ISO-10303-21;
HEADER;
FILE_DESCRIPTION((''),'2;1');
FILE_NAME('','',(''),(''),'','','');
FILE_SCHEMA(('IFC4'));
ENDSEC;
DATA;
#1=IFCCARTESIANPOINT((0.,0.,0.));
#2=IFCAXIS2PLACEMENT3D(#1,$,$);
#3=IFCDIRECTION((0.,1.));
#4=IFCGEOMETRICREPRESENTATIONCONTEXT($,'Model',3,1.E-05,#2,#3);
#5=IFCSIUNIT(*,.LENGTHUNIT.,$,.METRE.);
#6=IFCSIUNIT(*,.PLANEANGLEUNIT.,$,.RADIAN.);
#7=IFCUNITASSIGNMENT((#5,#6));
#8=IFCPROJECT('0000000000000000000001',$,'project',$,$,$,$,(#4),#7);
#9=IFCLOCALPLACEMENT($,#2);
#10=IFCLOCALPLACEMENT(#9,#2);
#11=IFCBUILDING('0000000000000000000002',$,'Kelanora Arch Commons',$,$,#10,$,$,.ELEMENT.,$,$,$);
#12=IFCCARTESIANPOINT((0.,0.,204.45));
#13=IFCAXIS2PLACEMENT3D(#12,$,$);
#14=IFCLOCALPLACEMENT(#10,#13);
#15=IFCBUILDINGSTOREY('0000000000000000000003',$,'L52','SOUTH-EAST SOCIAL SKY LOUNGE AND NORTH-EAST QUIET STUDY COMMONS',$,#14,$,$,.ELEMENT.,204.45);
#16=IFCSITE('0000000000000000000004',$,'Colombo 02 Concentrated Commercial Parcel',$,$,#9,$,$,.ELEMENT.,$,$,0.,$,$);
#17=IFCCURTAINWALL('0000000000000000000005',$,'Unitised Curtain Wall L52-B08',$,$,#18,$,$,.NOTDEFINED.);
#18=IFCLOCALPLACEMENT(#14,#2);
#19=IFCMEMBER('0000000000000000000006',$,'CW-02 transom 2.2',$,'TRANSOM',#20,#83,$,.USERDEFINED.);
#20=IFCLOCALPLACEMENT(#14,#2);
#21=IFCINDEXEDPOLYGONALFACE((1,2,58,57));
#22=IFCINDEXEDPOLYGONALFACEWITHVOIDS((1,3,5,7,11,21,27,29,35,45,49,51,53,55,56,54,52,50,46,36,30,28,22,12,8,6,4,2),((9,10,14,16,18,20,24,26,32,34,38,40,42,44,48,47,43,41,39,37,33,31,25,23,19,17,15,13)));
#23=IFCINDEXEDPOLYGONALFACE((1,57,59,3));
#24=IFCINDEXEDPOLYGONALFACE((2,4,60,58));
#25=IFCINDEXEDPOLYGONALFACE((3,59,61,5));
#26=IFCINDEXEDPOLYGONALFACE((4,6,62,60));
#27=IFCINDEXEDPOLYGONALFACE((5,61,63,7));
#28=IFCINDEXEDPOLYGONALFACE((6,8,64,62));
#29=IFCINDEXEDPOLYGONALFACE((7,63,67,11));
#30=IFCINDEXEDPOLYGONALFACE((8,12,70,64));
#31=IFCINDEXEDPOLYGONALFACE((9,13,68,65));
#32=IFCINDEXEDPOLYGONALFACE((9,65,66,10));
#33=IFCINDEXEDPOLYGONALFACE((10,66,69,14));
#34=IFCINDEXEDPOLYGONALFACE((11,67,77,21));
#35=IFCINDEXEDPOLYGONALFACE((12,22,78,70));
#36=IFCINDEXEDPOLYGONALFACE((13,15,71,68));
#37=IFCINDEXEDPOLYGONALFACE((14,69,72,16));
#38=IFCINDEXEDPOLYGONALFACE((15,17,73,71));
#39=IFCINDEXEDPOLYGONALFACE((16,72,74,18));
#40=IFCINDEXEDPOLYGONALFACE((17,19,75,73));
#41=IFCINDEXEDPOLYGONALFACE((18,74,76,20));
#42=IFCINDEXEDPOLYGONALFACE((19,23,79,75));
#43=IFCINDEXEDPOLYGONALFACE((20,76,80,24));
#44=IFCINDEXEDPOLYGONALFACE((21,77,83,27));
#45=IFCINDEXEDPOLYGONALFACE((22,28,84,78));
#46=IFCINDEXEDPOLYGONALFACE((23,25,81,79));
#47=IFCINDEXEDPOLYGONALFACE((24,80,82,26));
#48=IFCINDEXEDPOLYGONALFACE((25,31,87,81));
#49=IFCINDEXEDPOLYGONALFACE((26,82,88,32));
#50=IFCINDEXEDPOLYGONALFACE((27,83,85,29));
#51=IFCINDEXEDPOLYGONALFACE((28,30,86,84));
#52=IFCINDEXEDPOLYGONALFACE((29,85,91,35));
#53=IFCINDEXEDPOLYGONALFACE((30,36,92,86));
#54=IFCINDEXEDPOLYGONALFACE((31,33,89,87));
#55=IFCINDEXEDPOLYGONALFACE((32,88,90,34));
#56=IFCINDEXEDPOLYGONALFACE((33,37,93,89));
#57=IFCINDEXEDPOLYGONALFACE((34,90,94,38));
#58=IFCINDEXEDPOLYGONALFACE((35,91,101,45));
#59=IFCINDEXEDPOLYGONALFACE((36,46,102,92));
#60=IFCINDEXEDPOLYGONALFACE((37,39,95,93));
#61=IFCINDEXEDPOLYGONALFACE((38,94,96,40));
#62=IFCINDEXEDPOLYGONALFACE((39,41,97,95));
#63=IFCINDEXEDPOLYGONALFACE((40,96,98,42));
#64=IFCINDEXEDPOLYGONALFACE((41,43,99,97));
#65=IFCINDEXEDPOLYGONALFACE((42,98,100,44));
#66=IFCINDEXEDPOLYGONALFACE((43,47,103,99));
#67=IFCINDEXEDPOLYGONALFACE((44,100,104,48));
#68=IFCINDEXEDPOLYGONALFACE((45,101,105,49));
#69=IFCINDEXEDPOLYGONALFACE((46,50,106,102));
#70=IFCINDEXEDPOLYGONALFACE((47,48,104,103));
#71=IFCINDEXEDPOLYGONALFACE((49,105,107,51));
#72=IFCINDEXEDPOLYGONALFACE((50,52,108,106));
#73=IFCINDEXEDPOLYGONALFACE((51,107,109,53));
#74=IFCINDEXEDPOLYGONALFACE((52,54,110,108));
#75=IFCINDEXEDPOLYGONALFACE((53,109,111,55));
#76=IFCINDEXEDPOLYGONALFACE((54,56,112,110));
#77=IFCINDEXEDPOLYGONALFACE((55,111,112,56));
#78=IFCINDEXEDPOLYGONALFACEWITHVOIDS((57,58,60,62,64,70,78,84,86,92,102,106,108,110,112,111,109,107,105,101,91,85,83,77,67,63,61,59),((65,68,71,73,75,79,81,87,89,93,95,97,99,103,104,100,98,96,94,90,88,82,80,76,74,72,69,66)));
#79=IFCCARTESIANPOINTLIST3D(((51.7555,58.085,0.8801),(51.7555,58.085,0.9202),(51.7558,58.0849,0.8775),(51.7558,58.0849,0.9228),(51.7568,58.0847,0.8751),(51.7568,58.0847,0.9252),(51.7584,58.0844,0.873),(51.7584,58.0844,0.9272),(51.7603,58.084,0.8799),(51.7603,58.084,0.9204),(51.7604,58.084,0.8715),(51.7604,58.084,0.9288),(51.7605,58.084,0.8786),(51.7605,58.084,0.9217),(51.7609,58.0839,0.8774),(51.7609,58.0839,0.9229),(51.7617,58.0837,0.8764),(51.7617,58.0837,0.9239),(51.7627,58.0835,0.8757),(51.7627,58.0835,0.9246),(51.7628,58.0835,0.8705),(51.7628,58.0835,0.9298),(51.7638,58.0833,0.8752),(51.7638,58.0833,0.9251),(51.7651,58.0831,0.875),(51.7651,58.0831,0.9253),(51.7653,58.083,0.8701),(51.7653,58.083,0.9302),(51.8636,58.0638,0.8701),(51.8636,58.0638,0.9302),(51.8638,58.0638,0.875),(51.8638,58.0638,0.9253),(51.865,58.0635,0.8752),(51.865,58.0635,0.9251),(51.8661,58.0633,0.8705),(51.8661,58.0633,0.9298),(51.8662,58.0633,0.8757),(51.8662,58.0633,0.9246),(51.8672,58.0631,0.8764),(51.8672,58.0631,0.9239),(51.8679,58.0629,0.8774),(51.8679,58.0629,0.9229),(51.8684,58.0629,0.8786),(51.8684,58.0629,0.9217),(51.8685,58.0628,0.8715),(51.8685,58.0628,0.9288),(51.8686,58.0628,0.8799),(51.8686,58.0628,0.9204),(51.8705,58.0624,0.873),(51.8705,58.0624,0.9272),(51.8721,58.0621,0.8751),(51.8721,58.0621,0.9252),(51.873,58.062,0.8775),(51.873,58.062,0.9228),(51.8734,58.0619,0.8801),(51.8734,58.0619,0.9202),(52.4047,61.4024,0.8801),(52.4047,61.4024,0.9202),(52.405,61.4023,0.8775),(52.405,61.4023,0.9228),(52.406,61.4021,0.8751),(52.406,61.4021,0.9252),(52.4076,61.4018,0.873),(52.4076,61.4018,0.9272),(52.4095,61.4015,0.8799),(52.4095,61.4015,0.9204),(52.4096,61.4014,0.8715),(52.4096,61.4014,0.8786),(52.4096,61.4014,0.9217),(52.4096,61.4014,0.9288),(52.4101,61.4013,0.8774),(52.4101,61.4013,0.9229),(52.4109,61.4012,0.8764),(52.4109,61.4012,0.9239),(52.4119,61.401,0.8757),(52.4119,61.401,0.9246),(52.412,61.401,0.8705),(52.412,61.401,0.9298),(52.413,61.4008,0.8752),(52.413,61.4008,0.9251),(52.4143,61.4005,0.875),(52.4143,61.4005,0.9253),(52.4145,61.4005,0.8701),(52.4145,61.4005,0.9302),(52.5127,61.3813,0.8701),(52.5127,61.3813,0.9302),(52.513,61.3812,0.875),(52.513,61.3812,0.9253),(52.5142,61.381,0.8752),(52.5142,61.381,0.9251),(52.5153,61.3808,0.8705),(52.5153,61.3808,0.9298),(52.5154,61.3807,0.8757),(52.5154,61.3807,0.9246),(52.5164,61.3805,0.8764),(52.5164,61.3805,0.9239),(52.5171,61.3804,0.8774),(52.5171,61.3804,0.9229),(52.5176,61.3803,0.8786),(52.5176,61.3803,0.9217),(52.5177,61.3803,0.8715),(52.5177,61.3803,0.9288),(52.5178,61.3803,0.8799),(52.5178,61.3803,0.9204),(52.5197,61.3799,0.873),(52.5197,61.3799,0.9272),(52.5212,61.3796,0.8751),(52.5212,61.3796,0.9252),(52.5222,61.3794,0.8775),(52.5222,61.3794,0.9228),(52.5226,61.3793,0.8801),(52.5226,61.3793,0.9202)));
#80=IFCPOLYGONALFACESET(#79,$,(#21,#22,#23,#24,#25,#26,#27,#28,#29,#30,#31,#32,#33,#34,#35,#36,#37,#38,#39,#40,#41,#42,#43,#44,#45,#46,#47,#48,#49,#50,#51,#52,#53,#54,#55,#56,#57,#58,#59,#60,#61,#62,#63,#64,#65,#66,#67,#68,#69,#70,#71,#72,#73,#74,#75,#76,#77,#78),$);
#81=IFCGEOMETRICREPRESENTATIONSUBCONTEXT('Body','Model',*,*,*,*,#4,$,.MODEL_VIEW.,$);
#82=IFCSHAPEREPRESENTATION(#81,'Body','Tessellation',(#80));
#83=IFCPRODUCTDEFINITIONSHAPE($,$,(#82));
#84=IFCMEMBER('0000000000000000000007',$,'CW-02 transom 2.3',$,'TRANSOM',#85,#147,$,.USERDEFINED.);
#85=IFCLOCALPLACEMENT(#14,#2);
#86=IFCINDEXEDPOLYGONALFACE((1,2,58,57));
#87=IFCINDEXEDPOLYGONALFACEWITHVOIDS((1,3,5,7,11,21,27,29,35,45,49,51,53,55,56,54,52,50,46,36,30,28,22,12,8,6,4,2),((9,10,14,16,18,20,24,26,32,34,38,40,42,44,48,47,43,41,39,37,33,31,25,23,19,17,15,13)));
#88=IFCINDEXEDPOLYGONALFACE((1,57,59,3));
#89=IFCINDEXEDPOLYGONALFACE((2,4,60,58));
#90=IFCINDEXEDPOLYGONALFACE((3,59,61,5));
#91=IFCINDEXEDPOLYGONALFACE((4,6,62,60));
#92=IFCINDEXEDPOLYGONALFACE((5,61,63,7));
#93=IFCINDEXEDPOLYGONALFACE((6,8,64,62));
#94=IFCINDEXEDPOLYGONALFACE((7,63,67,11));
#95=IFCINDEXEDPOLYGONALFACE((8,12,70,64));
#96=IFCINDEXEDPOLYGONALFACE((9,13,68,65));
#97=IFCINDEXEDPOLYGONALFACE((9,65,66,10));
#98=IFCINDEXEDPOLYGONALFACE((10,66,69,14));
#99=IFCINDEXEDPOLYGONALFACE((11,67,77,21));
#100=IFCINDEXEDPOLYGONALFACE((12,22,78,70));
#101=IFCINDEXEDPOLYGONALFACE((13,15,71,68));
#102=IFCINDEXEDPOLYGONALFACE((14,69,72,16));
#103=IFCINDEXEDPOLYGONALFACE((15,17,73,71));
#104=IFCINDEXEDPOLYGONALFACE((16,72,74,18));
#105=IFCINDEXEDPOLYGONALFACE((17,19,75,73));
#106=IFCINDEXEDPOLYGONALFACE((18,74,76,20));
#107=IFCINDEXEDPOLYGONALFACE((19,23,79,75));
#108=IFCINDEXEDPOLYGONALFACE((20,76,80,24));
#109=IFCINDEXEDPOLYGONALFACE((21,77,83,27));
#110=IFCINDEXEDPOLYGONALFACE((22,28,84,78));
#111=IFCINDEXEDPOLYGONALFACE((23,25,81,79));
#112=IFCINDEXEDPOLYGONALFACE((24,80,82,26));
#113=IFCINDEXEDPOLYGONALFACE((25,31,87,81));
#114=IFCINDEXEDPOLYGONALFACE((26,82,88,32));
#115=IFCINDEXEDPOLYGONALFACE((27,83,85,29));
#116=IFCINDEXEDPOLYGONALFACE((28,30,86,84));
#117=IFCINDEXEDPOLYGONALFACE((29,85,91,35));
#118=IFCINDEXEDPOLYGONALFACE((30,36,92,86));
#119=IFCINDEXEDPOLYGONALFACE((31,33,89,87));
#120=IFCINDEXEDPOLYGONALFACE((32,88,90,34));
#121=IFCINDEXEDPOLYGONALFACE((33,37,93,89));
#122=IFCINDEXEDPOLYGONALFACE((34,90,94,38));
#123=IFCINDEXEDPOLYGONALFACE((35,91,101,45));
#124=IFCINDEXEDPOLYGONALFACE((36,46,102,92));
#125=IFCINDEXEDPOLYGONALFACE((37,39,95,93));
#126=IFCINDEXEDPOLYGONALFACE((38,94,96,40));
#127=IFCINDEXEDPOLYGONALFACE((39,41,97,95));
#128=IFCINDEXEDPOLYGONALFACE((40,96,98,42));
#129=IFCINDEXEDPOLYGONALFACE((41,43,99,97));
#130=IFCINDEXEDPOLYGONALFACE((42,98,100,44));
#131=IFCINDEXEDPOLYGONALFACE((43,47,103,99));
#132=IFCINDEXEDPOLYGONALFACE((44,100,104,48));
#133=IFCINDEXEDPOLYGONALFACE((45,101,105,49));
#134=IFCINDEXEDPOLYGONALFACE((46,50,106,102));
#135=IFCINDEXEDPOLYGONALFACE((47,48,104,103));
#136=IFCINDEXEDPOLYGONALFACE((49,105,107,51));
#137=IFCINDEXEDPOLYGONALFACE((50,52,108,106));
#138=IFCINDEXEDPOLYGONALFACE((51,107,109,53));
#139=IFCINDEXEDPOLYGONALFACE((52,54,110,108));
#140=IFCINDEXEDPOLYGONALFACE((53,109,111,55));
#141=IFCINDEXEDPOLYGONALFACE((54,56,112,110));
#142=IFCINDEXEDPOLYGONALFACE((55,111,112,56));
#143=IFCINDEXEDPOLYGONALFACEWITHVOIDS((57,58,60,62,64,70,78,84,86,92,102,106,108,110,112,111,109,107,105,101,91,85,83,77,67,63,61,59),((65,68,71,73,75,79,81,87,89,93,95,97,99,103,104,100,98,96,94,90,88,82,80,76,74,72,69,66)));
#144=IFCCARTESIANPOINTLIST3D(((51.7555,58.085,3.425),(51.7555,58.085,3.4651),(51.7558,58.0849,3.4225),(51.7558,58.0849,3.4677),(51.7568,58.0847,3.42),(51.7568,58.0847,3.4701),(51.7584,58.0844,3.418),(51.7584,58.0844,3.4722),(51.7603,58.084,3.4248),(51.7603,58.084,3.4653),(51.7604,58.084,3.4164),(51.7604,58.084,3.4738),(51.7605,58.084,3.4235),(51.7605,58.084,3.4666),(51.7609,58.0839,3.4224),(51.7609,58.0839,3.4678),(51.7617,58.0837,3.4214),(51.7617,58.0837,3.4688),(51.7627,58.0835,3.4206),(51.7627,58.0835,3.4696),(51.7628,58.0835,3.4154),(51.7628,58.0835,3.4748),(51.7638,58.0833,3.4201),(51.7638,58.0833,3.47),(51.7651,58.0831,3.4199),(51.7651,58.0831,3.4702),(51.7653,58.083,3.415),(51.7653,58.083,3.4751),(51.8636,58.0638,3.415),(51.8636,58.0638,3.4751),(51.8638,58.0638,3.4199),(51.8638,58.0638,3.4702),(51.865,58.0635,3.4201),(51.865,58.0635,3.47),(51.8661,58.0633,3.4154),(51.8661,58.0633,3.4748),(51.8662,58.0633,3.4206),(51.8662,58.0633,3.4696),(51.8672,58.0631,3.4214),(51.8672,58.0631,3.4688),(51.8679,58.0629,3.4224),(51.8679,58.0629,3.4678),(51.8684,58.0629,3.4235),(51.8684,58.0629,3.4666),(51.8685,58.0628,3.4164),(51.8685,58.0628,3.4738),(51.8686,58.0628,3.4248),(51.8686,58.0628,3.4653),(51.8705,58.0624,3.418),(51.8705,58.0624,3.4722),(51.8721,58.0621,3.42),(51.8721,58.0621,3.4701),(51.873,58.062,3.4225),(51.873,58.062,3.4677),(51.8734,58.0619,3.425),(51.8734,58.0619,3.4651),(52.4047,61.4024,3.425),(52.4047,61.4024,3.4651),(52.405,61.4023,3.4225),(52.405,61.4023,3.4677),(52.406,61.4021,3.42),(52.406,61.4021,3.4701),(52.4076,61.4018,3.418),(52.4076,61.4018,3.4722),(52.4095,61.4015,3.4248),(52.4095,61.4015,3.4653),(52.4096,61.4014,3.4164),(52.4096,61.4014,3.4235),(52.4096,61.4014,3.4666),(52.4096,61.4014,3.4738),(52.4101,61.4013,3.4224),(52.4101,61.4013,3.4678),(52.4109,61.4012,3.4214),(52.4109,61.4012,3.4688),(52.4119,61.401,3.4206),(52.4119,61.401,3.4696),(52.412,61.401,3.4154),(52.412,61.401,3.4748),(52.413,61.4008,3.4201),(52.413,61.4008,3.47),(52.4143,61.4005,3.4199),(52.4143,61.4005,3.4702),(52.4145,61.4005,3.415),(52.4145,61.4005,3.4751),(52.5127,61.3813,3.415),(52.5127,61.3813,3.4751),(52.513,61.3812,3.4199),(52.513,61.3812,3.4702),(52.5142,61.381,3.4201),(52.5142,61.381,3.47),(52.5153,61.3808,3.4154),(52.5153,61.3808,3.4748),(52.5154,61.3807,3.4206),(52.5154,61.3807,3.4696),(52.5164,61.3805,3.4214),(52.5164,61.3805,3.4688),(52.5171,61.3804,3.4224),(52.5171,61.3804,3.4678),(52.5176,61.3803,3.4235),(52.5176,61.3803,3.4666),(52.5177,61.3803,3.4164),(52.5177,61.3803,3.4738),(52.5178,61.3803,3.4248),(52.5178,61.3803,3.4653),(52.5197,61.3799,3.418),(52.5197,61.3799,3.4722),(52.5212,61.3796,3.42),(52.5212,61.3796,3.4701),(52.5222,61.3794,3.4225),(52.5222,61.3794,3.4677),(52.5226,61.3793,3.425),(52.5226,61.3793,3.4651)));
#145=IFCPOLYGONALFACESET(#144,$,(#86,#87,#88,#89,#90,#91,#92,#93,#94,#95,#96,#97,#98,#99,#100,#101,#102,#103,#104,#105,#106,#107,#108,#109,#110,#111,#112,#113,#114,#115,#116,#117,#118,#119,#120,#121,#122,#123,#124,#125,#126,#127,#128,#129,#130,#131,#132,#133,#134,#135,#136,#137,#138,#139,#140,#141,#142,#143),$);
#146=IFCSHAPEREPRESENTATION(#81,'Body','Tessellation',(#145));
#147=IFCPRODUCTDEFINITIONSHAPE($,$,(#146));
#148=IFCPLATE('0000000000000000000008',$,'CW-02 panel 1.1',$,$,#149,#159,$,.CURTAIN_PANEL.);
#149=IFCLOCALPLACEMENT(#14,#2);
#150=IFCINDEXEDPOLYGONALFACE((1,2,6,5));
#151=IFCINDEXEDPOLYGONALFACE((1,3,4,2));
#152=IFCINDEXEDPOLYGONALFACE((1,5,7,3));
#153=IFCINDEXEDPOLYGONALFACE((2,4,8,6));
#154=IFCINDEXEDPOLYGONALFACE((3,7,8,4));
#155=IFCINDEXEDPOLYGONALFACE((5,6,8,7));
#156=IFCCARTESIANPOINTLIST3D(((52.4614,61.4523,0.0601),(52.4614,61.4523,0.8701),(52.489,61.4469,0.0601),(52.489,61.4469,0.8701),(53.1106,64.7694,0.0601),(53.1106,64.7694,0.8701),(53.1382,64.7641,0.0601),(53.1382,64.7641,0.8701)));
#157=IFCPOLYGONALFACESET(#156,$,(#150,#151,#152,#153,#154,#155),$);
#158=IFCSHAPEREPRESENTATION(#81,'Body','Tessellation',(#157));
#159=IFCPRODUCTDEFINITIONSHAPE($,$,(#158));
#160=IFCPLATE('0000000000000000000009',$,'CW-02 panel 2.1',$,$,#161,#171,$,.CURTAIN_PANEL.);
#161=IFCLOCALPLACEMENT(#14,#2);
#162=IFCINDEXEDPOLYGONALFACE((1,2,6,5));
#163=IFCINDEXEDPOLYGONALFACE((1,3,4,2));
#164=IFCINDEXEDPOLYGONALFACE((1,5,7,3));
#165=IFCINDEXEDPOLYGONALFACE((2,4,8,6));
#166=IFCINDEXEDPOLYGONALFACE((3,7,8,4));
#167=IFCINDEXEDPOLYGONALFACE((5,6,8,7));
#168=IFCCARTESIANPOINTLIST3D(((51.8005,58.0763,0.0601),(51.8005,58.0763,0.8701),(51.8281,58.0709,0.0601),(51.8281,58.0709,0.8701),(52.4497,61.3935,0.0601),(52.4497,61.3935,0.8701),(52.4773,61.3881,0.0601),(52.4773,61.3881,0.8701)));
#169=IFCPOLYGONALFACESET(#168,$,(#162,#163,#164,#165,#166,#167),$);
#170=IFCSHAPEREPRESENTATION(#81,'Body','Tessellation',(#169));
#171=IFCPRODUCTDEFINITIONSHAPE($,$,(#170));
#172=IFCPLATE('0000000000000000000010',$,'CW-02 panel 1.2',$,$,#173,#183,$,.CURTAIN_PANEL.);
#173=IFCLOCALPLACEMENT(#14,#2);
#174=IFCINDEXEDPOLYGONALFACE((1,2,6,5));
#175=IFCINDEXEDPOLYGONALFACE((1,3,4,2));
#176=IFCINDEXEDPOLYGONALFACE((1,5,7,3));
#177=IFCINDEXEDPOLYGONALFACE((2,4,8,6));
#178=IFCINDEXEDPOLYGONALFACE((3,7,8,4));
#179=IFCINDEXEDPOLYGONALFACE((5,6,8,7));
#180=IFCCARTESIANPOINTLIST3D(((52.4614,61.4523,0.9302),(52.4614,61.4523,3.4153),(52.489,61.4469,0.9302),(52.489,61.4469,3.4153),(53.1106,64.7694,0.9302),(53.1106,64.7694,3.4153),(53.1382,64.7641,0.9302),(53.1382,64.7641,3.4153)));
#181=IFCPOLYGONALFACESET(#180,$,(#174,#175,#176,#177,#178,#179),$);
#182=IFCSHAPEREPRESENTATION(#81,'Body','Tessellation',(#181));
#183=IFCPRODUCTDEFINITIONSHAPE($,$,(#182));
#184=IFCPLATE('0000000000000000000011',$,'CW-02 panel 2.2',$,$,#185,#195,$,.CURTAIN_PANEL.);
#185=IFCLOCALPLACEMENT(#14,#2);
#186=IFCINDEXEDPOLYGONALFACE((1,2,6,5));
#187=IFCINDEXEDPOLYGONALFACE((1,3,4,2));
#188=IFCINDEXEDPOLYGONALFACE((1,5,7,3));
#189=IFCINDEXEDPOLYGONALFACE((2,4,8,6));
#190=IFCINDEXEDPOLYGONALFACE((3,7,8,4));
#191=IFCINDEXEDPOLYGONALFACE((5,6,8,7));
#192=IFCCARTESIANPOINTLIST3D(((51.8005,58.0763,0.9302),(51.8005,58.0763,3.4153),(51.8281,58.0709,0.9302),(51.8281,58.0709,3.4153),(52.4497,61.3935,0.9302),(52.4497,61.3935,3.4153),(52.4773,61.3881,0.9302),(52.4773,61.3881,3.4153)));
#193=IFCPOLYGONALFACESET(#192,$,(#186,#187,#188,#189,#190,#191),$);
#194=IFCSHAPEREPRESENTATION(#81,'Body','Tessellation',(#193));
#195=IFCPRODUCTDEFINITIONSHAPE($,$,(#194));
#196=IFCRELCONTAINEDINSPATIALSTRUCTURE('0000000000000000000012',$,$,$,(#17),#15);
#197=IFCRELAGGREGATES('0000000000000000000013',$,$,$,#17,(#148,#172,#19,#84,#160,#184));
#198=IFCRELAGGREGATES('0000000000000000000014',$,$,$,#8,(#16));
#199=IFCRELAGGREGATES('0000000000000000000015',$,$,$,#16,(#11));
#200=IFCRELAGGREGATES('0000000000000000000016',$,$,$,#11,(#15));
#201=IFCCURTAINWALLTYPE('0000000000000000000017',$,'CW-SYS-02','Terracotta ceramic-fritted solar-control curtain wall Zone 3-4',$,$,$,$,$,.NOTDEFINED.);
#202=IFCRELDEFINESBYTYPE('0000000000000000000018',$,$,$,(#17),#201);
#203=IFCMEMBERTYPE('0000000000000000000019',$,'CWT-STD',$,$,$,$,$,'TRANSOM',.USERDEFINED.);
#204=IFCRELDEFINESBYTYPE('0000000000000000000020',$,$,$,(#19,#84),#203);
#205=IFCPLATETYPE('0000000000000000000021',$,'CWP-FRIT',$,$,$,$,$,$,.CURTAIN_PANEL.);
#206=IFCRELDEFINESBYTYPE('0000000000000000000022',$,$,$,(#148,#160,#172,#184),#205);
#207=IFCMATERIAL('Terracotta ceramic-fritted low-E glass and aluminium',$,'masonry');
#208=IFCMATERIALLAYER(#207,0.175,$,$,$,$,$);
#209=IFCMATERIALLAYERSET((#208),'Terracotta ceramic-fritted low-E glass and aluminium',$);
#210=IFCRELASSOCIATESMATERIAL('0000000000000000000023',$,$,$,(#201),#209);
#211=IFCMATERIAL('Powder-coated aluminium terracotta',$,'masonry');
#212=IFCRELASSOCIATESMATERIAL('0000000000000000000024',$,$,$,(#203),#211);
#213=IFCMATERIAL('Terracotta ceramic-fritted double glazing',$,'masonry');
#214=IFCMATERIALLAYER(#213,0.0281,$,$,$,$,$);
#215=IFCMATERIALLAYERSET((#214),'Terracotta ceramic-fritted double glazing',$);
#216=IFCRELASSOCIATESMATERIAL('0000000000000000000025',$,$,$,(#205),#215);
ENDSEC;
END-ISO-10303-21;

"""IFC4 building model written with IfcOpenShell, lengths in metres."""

from ifc_helpers import new_model, si_unit, direction, frame, origin, origin_2d, place, context, subcontext, project, spatial, rectangle, hollow_rectangle, extrude, source, transform, mapped, material, layer, layer_set, material_profile, profile_set, type_object, element, aggregate, save


model = new_model("IFC4")

# Units and contexts
model_context = context("Model", 3, precision=1e-05, world=origin(), true_north=direction((0.0, 1.0)))
body_context = subcontext(model_context, "Body", "Model", "MODEL_VIEW")
ifc_project = project(units=[si_unit("LENGTHUNIT", "METRE"), si_unit("PLANEANGLEUNIT", "RADIAN")], contexts=[model_context])

# Site, building, storey
site_placement = place(None, origin())
site = spatial("IfcSite", under=ifc_project, at=site_placement, Name="Colombo 02 Concentrated Commercial Parcel", CompositionType="ELEMENT", RefElevation=0.0)
building_placement = place(site_placement, origin())
building = spatial("IfcBuilding", under=site, at=building_placement, Name="Kelanora Arch Commons", CompositionType="ELEMENT")
storey_placement = place(building_placement, frame((0.0, 0.0, 204.45)))
storey = spatial("IfcBuildingStorey", under=building, at=storey_placement, Name="L52", Description="SOUTH-EAST SOCIAL SKY LOUNGE AND NORTH-EAST QUIET STUDY COMMONS", CompositionType="ELEMENT", Elevation=204.45)

# Curtain wall, members, plates
ifc_material_1 = material(Name="Terracotta ceramic-fritted low-E glass and aluminium", Category="masonry")
ifc_layer_1 = layer(ifc_material_1, 0.175)
ifc_layer_set_1 = layer_set([ifc_layer_1], Name="Terracotta ceramic-fritted low-E glass and aluminium")
curtain_wall_type = type_object("IfcCurtainWallType", Name="CW-SYS-02", Description="Terracotta ceramic-fritted solar-control curtain wall Zone 3-4", PredefinedType="NOTDEFINED", material=ifc_layer_set_1)
curtain_wall_placement = place(storey_placement, origin())
curtain_wall = element("IfcCurtainWall", 1, at=curtain_wall_placement, inside=storey, type_object=curtain_wall_type, Name="Unitised Curtain Wall L52-B08", PredefinedType="NOTDEFINED")
ifc_material_2 = material(Name="Powder-coated aluminium terracotta", Category="masonry")
ifc_material_profile_1 = material_profile(ifc_material_2, hollow_rectangle(XDim=0.1201, YDim=0.0601, WallThickness=0.0049, InnerFilletRadius=0.0049, OuterFilletRadius=0.01, at=origin_2d()), Name="CWT120x60")
ifc_profile_set_1 = profile_set([ifc_material_profile_1], Name="Powder-coated aluminium terracotta")
member_type_1 = type_object("IfcMemberType", Name="CWT-STD", ElementType="TRANSOM", PredefinedType="USERDEFINED", material=ifc_profile_set_1)
member_1_placement = place(storey_placement, frame((52.4636, 61.3909, 0.9001), z_axis=(-0.192045, -0.981386, 0.0), x_axis=(0.981386, -0.192045, 0.0)))
member_1 = element("IfcMember", 2, at=member_1_placement, type_object=member_type_1, Name="CW-02 transom 2.2", ObjectType="TRANSOM", PredefinedType="USERDEFINED", context=body_context, shape_type="SweptSolid", body=[
    extrude(hollow_rectangle(XDim=0.1201, YDim=0.0601, WallThickness=0.0049, InnerFilletRadius=0.0049, OuterFilletRadius=0.01, at=origin_2d()), origin(), (0.0, 0.0, 1.0), 3.3804),
])
member_2_placement = place(storey_placement, frame((52.4636, 61.3909, 3.4451), z_axis=(-0.192045, -0.981386, 0.0), x_axis=(0.981386, -0.192045, 0.0)))
member_2 = element("IfcMember", 3, at=member_2_placement, type_object=member_type_1, Name="CW-02 transom 2.3", ObjectType="TRANSOM", PredefinedType="USERDEFINED", context=body_context, shape_type="SweptSolid", body=[
    extrude(hollow_rectangle(XDim=0.1201, YDim=0.0601, WallThickness=0.0049, InnerFilletRadius=0.0049, OuterFilletRadius=0.01, at=origin_2d()), origin(), (0.0, 0.0, 1.0), 3.3804),
])
ifc_material_3 = material(Name="Terracotta ceramic-fritted double glazing", Category="masonry")
ifc_layer_2 = layer(ifc_material_3, 0.0281)
ifc_layer_set_2 = layer_set([ifc_layer_2], Name="Terracotta ceramic-fritted double glazing")
plate_type = type_object("IfcPlateType", Name="CWP-FRIT", PredefinedType="CURTAIN_PANEL", material=ifc_layer_set_2)
shared_shape_1 = source(origin(), body_context, "Body", "SweptSolid", [
    extrude(rectangle(XDim=3.3801, YDim=0.0281, at=origin_2d()), origin(), (0.0, 0.0, 1.0), 0.8101),
])
plate_1_placement = place(storey_placement, frame((52.7998, 63.1082, 0.0601), z_axis=(0.0, 0.0, 1.0), x_axis=(-0.192069, -0.981381, 0.0)))
plate_1 = element("IfcPlate", 4, at=plate_1_placement, type_object=plate_type, Name="CW-02 panel 1.1", PredefinedType="CURTAIN_PANEL", context=body_context, shape_type="MappedRepresentation", body=[
    mapped(shared_shape_1, transform((0.0, 0.0, 0.0), scale=1.0)),
])
plate_2_placement = place(storey_placement, frame((52.1389, 59.7322, 0.0601), z_axis=(0.0, 0.0, 1.0), x_axis=(-0.192069, -0.981381, 0.0)))
plate_2 = element("IfcPlate", 5, at=plate_2_placement, type_object=plate_type, Name="CW-02 panel 2.1", PredefinedType="CURTAIN_PANEL", context=body_context, shape_type="MappedRepresentation", body=[
    mapped(shared_shape_1, transform((0.0, 0.0, 0.0), scale=1.0)),
])
shared_shape_2 = source(origin(), body_context, "Body", "SweptSolid", [
    extrude(rectangle(XDim=3.3801, YDim=0.0281, at=origin_2d()), origin(), (0.0, 0.0, 1.0), 2.4851),
])
plate_3_placement = place(storey_placement, frame((52.7998, 63.1082, 0.9302), z_axis=(0.0, 0.0, 1.0), x_axis=(-0.192069, -0.981381, 0.0)))
plate_3 = element("IfcPlate", 6, at=plate_3_placement, type_object=plate_type, Name="CW-02 panel 1.2", PredefinedType="CURTAIN_PANEL", context=body_context, shape_type="MappedRepresentation", body=[
    mapped(shared_shape_2, transform((0.0, 0.0, 0.0), scale=1.0)),
])
plate_4_placement = place(storey_placement, frame((52.1389, 59.7322, 0.9302), z_axis=(0.0, 0.0, 1.0), x_axis=(-0.192069, -0.981381, 0.0)))
plate_4 = element("IfcPlate", 7, at=plate_4_placement, type_object=plate_type, Name="CW-02 panel 2.2", PredefinedType="CURTAIN_PANEL", context=body_context, shape_type="MappedRepresentation", body=[
    mapped(shared_shape_2, transform((0.0, 0.0, 0.0), scale=1.0)),
])
aggregate(curtain_wall, [plate_1, plate_3, member_1, member_2, plate_2, plate_4])

save(model, "model.ifc")
